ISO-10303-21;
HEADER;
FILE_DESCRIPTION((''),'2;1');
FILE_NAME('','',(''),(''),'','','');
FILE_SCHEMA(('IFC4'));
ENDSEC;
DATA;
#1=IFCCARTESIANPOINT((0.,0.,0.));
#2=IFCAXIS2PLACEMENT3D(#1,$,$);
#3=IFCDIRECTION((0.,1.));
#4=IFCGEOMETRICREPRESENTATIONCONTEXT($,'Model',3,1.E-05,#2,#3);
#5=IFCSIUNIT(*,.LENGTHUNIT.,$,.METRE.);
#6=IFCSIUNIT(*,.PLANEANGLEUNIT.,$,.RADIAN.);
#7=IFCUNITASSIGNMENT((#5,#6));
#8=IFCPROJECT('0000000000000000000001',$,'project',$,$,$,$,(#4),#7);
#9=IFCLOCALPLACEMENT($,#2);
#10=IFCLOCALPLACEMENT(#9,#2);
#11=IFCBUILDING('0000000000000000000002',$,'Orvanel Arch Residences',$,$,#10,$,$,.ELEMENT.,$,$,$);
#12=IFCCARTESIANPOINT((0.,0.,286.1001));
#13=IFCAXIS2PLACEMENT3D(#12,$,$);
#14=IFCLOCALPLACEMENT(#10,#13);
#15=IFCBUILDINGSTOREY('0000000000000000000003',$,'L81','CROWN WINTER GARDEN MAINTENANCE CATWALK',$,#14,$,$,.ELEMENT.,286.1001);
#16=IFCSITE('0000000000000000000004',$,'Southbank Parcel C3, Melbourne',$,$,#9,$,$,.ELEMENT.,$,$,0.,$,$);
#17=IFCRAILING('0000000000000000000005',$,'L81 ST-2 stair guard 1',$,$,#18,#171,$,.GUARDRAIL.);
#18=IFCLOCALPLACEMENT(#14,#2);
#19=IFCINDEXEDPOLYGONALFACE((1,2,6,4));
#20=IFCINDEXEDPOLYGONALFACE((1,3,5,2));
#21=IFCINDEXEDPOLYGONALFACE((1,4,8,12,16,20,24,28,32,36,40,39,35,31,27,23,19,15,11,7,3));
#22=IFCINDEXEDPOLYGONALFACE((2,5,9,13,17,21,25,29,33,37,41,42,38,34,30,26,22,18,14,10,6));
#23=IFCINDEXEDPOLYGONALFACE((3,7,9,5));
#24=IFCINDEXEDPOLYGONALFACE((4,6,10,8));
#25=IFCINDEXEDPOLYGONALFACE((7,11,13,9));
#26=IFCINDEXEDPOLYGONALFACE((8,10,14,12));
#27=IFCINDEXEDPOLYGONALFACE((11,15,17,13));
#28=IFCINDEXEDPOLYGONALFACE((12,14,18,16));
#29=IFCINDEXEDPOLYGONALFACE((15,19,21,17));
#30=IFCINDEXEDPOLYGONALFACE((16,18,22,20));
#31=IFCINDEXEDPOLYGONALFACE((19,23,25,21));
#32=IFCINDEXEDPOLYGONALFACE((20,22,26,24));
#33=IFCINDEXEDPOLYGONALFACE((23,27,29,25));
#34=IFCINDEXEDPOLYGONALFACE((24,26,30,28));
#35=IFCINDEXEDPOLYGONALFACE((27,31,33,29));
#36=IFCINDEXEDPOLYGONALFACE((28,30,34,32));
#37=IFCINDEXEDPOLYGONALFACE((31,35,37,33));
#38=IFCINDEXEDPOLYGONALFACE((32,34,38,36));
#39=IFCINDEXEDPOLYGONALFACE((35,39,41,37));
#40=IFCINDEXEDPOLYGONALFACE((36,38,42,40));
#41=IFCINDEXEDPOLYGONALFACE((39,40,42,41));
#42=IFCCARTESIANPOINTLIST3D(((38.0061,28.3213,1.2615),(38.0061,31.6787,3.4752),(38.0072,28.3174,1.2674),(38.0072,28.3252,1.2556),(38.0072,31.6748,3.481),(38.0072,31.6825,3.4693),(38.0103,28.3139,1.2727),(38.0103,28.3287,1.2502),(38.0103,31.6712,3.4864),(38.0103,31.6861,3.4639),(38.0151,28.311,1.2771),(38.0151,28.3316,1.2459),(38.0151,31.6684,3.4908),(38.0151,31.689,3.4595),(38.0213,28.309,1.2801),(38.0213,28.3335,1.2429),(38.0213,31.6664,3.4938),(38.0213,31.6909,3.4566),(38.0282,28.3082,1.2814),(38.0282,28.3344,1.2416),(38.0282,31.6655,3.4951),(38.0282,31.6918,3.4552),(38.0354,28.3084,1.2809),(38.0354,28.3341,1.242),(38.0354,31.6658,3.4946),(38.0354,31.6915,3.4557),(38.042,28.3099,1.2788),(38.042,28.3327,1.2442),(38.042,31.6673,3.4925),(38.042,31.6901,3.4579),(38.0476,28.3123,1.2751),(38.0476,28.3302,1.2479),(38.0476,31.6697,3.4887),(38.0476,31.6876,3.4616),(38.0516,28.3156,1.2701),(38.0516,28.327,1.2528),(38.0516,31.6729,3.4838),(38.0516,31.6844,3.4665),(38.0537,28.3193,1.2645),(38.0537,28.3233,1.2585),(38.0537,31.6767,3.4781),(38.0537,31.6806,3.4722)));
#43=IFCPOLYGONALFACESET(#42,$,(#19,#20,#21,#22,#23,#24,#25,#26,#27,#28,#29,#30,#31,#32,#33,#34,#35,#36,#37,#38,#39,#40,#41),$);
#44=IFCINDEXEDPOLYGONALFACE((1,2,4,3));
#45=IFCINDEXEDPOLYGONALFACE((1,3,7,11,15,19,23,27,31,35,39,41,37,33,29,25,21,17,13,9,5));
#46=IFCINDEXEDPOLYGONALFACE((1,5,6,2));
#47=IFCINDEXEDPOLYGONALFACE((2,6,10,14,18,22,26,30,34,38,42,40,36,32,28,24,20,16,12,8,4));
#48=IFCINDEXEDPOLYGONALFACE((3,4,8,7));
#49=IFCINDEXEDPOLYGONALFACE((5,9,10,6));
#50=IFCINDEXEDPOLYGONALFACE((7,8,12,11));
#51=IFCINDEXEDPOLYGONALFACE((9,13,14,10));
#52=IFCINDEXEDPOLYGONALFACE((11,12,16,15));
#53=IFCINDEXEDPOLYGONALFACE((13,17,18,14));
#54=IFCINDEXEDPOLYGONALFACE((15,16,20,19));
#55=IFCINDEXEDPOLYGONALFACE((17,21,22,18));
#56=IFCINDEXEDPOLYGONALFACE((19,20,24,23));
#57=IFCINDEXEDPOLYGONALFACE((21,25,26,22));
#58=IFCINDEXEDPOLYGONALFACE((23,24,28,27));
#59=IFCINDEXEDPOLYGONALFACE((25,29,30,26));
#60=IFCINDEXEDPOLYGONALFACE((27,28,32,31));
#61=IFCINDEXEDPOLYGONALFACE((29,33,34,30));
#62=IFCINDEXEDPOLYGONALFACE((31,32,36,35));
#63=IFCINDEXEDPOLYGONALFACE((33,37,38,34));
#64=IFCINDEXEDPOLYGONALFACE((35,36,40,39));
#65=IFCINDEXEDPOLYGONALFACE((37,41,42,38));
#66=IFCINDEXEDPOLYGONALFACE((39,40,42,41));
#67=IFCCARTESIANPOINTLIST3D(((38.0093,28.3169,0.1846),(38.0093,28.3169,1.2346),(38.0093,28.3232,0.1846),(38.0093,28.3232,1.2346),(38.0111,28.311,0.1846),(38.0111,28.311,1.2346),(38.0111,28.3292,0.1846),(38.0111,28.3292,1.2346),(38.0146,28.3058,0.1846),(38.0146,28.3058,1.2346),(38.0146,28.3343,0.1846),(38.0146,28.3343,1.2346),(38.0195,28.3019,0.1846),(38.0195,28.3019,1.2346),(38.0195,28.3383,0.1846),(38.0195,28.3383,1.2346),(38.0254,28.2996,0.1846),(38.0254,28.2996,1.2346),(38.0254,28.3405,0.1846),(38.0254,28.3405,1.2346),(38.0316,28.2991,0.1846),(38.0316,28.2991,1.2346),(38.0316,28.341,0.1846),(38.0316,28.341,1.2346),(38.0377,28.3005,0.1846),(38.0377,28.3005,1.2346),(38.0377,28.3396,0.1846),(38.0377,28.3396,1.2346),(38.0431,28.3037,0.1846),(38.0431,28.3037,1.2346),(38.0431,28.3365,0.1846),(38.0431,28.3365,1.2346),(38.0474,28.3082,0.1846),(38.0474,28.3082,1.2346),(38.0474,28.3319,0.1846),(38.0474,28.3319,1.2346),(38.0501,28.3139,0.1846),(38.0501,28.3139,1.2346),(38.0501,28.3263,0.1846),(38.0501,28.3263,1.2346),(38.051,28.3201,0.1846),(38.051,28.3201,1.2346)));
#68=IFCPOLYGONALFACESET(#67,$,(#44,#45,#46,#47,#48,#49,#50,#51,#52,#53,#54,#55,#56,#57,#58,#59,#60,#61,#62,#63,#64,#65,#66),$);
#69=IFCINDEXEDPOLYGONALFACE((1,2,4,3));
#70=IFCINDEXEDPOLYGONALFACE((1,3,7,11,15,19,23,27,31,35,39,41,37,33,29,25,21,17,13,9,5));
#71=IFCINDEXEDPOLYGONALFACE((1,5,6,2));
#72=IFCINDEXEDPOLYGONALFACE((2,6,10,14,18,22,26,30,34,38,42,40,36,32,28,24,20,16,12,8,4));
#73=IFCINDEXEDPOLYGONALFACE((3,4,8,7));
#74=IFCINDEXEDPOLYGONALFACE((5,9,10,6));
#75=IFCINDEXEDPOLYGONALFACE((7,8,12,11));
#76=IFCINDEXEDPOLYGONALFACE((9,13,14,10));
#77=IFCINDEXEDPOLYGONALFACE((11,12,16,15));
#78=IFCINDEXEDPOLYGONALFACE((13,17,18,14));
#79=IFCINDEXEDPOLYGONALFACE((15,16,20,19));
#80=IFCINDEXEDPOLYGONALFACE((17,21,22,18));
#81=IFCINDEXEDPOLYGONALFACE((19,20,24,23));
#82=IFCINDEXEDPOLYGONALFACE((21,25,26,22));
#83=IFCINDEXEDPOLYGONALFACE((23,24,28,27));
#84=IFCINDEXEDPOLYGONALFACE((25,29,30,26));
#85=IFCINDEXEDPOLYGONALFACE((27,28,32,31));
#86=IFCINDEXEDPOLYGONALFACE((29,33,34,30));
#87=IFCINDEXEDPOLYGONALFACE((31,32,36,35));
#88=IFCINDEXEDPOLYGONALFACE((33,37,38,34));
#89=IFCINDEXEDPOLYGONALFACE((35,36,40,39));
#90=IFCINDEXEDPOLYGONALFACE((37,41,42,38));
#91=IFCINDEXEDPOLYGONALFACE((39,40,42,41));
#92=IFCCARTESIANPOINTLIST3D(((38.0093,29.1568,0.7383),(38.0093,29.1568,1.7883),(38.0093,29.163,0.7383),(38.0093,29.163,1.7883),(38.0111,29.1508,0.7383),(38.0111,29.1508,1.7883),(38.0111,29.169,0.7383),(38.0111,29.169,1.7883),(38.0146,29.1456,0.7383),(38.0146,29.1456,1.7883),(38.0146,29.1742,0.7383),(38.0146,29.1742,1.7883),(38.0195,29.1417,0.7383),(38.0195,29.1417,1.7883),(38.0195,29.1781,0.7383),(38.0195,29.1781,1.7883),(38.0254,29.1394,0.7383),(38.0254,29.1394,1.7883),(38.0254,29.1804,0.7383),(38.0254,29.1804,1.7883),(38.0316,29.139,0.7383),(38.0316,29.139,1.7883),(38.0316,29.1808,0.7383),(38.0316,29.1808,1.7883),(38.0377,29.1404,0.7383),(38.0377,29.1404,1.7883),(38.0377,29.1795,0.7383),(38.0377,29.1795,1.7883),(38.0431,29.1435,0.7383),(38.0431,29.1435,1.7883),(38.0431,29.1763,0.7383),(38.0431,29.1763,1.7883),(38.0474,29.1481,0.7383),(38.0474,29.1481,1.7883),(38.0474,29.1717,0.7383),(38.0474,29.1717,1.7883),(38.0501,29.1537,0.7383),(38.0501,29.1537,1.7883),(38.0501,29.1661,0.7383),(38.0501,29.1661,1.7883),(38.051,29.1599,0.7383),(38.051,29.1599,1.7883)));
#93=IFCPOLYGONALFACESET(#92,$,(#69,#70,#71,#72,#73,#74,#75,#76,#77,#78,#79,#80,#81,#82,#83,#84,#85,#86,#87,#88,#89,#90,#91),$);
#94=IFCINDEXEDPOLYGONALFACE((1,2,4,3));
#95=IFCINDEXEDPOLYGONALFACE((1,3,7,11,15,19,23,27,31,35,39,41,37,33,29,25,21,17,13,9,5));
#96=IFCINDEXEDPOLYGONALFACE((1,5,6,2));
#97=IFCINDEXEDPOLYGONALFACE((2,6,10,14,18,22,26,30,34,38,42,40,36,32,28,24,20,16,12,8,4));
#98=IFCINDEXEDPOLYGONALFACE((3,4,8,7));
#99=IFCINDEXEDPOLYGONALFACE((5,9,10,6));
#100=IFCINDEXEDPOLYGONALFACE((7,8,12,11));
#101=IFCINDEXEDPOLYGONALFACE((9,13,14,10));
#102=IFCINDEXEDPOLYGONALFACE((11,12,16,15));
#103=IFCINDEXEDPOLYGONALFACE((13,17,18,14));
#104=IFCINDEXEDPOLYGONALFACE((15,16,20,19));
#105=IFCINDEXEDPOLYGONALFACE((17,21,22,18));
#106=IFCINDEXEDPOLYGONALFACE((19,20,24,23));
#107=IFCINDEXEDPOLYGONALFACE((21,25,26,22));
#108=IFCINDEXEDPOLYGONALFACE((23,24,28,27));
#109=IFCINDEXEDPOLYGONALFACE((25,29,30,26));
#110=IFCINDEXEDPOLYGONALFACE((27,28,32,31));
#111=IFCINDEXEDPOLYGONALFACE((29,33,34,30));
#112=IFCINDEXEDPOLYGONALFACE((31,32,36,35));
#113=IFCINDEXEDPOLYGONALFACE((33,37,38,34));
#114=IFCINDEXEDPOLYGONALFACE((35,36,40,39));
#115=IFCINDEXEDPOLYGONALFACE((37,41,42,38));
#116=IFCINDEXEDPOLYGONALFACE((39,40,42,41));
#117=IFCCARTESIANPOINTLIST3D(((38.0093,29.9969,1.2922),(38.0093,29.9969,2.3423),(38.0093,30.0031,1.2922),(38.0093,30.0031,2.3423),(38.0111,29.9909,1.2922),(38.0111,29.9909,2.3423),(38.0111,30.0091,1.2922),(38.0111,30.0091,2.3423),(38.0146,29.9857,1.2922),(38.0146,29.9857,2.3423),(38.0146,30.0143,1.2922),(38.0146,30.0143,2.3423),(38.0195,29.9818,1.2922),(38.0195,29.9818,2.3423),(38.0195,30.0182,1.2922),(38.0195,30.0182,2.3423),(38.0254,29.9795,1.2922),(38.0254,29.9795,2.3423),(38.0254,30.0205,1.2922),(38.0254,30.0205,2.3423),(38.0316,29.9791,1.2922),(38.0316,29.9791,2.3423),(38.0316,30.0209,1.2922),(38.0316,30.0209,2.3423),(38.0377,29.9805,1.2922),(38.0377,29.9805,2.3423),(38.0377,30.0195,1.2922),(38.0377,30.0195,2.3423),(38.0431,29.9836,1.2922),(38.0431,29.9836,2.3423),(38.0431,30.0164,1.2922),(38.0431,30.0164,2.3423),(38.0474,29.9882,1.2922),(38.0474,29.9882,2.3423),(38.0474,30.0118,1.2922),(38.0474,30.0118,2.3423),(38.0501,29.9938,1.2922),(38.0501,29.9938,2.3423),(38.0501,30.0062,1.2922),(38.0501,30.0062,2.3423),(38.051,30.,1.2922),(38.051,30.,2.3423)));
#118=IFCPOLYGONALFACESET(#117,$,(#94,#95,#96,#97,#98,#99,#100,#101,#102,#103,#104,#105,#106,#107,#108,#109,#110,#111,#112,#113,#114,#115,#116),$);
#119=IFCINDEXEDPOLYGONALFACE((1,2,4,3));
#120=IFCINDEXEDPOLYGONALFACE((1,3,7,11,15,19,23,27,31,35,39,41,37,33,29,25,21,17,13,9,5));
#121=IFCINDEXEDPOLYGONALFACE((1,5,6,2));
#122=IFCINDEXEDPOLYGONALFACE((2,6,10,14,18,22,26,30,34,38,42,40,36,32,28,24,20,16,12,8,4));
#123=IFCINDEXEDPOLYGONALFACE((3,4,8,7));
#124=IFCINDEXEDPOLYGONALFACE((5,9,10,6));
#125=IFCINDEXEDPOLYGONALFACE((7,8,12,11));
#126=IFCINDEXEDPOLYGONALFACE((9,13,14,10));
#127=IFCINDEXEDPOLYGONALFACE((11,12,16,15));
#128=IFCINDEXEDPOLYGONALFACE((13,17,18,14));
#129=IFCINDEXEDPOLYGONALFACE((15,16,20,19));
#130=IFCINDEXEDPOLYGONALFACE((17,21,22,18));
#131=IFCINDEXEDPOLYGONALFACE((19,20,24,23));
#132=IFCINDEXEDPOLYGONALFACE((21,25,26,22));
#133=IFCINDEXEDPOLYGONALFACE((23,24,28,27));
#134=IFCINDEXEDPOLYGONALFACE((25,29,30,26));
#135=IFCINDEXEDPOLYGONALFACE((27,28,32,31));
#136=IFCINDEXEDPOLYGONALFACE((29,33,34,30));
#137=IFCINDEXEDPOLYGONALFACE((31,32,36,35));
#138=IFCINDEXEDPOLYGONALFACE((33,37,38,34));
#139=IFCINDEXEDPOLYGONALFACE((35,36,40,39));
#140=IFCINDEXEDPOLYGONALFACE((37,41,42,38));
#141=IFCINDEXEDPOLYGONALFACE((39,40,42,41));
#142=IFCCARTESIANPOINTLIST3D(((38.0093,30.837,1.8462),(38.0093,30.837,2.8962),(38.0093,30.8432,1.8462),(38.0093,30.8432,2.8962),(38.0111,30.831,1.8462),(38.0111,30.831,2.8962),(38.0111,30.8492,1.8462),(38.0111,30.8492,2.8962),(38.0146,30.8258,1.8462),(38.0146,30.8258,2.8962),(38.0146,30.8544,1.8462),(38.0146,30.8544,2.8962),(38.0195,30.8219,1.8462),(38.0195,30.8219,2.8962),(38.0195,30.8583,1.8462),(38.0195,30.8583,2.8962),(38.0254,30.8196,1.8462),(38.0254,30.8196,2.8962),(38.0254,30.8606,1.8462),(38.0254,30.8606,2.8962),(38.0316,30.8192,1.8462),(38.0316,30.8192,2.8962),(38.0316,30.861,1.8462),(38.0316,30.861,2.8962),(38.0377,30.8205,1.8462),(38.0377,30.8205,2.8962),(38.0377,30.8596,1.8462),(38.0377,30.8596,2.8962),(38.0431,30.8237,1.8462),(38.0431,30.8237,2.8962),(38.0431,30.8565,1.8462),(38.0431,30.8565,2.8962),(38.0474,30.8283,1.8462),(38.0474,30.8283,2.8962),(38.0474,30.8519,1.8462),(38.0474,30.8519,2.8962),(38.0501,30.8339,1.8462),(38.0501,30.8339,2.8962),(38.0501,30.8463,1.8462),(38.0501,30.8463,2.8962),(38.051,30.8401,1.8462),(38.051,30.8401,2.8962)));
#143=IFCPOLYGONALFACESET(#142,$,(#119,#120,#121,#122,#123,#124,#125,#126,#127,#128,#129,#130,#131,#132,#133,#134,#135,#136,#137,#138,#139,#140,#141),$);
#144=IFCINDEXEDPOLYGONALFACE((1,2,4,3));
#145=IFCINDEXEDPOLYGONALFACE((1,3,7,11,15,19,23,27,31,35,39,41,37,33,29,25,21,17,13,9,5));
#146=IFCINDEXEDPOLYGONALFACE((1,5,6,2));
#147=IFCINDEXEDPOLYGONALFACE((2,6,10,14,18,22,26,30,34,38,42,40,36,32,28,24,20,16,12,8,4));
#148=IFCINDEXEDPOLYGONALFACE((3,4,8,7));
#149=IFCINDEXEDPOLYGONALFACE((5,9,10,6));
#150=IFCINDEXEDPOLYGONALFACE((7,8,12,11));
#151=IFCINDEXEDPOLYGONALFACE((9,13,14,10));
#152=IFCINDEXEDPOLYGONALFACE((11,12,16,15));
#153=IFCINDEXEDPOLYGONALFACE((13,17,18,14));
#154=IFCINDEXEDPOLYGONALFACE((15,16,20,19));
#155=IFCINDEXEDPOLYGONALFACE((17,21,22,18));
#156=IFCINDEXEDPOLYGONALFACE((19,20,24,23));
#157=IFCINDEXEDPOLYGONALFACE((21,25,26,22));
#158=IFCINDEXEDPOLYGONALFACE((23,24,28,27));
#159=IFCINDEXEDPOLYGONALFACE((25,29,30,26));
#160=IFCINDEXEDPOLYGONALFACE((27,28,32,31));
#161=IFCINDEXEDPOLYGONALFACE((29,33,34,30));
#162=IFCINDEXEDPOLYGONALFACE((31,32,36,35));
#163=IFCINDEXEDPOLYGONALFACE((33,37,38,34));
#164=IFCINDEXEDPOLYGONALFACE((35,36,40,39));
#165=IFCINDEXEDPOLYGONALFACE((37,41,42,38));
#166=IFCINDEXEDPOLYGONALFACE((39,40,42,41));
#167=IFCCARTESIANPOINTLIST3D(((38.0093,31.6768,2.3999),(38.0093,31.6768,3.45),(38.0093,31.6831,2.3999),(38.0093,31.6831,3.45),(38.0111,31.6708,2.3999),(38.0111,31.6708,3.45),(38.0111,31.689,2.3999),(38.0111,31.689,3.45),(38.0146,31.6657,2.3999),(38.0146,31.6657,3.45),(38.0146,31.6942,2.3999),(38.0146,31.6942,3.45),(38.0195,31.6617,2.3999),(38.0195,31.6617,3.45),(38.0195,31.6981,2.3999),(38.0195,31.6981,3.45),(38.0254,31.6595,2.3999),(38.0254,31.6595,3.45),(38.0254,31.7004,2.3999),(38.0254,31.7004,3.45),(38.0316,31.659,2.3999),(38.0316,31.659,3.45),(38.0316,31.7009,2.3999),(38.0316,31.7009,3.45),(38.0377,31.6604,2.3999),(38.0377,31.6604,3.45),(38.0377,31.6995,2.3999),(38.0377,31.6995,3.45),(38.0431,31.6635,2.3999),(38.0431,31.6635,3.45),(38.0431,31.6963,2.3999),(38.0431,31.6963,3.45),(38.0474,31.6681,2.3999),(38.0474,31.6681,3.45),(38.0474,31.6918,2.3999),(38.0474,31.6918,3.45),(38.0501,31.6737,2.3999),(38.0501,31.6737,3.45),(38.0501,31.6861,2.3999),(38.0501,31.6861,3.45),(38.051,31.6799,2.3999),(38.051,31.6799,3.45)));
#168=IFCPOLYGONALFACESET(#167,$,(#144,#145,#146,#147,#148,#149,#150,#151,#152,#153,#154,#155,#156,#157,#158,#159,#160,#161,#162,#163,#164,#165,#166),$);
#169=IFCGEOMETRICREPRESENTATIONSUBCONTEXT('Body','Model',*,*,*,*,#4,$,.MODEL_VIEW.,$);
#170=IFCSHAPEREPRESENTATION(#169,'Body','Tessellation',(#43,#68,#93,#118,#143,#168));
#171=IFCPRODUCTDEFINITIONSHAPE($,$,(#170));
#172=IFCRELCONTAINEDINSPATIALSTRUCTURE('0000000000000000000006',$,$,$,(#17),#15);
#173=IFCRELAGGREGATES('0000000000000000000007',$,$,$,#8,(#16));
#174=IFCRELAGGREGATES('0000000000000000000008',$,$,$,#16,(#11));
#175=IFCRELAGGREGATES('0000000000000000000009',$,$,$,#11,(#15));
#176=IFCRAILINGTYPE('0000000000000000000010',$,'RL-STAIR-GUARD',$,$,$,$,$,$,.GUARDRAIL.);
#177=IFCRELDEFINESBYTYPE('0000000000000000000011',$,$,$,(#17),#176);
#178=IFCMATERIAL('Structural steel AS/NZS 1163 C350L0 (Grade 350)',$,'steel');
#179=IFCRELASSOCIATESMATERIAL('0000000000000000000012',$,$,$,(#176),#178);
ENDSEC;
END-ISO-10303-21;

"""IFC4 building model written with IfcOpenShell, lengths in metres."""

from ifc_helpers import new_model, si_unit, direction, frame, origin, origin_2d, place, context, subcontext, project, spatial, circle, extrude, material, type_object, element, save


model = new_model("IFC4")

# Units and contexts
model_context = context("Model", 3, precision=1e-05, world=origin(), true_north=direction((0.0, 1.0)))
body_context = subcontext(model_context, "Body", "Model", "MODEL_VIEW")
ifc_project = project(units=[si_unit("LENGTHUNIT", "METRE"), si_unit("PLANEANGLEUNIT", "RADIAN")], contexts=[model_context])

# Site, building, storey
site_placement = place(None, origin())
site = spatial("IfcSite", under=ifc_project, at=site_placement, Name="Southbank Parcel C3, Melbourne", CompositionType="ELEMENT", RefElevation=0.0)
building_placement = place(site_placement, origin())
building = spatial("IfcBuilding", under=site, at=building_placement, Name="Orvanel Arch Residences", CompositionType="ELEMENT")
storey_placement = place(building_placement, frame((0.0, 0.0, 286.1001)))
storey = spatial("IfcBuildingStorey", under=building, at=storey_placement, Name="L81", Description="CROWN WINTER GARDEN MAINTENANCE CATWALK", CompositionType="ELEMENT", Elevation=286.1001)

# Shared definitions
ifc_material_1 = material(Name="Structural steel AS/NZS 1163 C350L0 (Grade 350)", Category="steel")

# Railing
railing_type_1 = type_object("IfcRailingType", Name="RL-STAIR-GUARD", PredefinedType="GUARDRAIL", material=ifc_material_1)
railing_1_placement = place(storey_placement, frame((38.03, 28.3201, 0.1846)))
element("IfcRailing", 1, at=railing_1_placement, inside=storey, type_object=railing_type_1, Name="L81 ST-2 stair guard 1", PredefinedType="GUARDRAIL", context=body_context, shape_type="SweptSolid", body=[
    extrude(circle(Radius=0.0239, at=origin_2d()), frame((0.0, 0.0012, 1.0769), z_axis=(0.0, 0.834858, 0.550465), x_axis=(-1.0, 0.0, 0.0)), (0.0, 0.0, 1.0), 4.0215),
    extrude(circle(Radius=0.021, at=origin_2d()), origin(), (0.0, 0.0, 1.0), 1.05),
    extrude(circle(Radius=0.021, at=origin_2d()), frame((0.0, 0.8398, 0.5537)), (0.0, 0.0, 1.0), 1.05),
    extrude(circle(Radius=0.021, at=origin_2d()), frame((0.0, 1.6799, 1.1077)), (0.0, 0.0, 1.0), 1.05),
    extrude(circle(Radius=0.021, at=origin_2d()), frame((0.0, 2.52, 1.6616)), (0.0, 0.0, 1.0), 1.05),
    extrude(circle(Radius=0.021, at=origin_2d()), frame((0.0, 3.3599, 2.2153)), (0.0, 0.0, 1.0), 1.05),
])

save(model, "model.ifc")
